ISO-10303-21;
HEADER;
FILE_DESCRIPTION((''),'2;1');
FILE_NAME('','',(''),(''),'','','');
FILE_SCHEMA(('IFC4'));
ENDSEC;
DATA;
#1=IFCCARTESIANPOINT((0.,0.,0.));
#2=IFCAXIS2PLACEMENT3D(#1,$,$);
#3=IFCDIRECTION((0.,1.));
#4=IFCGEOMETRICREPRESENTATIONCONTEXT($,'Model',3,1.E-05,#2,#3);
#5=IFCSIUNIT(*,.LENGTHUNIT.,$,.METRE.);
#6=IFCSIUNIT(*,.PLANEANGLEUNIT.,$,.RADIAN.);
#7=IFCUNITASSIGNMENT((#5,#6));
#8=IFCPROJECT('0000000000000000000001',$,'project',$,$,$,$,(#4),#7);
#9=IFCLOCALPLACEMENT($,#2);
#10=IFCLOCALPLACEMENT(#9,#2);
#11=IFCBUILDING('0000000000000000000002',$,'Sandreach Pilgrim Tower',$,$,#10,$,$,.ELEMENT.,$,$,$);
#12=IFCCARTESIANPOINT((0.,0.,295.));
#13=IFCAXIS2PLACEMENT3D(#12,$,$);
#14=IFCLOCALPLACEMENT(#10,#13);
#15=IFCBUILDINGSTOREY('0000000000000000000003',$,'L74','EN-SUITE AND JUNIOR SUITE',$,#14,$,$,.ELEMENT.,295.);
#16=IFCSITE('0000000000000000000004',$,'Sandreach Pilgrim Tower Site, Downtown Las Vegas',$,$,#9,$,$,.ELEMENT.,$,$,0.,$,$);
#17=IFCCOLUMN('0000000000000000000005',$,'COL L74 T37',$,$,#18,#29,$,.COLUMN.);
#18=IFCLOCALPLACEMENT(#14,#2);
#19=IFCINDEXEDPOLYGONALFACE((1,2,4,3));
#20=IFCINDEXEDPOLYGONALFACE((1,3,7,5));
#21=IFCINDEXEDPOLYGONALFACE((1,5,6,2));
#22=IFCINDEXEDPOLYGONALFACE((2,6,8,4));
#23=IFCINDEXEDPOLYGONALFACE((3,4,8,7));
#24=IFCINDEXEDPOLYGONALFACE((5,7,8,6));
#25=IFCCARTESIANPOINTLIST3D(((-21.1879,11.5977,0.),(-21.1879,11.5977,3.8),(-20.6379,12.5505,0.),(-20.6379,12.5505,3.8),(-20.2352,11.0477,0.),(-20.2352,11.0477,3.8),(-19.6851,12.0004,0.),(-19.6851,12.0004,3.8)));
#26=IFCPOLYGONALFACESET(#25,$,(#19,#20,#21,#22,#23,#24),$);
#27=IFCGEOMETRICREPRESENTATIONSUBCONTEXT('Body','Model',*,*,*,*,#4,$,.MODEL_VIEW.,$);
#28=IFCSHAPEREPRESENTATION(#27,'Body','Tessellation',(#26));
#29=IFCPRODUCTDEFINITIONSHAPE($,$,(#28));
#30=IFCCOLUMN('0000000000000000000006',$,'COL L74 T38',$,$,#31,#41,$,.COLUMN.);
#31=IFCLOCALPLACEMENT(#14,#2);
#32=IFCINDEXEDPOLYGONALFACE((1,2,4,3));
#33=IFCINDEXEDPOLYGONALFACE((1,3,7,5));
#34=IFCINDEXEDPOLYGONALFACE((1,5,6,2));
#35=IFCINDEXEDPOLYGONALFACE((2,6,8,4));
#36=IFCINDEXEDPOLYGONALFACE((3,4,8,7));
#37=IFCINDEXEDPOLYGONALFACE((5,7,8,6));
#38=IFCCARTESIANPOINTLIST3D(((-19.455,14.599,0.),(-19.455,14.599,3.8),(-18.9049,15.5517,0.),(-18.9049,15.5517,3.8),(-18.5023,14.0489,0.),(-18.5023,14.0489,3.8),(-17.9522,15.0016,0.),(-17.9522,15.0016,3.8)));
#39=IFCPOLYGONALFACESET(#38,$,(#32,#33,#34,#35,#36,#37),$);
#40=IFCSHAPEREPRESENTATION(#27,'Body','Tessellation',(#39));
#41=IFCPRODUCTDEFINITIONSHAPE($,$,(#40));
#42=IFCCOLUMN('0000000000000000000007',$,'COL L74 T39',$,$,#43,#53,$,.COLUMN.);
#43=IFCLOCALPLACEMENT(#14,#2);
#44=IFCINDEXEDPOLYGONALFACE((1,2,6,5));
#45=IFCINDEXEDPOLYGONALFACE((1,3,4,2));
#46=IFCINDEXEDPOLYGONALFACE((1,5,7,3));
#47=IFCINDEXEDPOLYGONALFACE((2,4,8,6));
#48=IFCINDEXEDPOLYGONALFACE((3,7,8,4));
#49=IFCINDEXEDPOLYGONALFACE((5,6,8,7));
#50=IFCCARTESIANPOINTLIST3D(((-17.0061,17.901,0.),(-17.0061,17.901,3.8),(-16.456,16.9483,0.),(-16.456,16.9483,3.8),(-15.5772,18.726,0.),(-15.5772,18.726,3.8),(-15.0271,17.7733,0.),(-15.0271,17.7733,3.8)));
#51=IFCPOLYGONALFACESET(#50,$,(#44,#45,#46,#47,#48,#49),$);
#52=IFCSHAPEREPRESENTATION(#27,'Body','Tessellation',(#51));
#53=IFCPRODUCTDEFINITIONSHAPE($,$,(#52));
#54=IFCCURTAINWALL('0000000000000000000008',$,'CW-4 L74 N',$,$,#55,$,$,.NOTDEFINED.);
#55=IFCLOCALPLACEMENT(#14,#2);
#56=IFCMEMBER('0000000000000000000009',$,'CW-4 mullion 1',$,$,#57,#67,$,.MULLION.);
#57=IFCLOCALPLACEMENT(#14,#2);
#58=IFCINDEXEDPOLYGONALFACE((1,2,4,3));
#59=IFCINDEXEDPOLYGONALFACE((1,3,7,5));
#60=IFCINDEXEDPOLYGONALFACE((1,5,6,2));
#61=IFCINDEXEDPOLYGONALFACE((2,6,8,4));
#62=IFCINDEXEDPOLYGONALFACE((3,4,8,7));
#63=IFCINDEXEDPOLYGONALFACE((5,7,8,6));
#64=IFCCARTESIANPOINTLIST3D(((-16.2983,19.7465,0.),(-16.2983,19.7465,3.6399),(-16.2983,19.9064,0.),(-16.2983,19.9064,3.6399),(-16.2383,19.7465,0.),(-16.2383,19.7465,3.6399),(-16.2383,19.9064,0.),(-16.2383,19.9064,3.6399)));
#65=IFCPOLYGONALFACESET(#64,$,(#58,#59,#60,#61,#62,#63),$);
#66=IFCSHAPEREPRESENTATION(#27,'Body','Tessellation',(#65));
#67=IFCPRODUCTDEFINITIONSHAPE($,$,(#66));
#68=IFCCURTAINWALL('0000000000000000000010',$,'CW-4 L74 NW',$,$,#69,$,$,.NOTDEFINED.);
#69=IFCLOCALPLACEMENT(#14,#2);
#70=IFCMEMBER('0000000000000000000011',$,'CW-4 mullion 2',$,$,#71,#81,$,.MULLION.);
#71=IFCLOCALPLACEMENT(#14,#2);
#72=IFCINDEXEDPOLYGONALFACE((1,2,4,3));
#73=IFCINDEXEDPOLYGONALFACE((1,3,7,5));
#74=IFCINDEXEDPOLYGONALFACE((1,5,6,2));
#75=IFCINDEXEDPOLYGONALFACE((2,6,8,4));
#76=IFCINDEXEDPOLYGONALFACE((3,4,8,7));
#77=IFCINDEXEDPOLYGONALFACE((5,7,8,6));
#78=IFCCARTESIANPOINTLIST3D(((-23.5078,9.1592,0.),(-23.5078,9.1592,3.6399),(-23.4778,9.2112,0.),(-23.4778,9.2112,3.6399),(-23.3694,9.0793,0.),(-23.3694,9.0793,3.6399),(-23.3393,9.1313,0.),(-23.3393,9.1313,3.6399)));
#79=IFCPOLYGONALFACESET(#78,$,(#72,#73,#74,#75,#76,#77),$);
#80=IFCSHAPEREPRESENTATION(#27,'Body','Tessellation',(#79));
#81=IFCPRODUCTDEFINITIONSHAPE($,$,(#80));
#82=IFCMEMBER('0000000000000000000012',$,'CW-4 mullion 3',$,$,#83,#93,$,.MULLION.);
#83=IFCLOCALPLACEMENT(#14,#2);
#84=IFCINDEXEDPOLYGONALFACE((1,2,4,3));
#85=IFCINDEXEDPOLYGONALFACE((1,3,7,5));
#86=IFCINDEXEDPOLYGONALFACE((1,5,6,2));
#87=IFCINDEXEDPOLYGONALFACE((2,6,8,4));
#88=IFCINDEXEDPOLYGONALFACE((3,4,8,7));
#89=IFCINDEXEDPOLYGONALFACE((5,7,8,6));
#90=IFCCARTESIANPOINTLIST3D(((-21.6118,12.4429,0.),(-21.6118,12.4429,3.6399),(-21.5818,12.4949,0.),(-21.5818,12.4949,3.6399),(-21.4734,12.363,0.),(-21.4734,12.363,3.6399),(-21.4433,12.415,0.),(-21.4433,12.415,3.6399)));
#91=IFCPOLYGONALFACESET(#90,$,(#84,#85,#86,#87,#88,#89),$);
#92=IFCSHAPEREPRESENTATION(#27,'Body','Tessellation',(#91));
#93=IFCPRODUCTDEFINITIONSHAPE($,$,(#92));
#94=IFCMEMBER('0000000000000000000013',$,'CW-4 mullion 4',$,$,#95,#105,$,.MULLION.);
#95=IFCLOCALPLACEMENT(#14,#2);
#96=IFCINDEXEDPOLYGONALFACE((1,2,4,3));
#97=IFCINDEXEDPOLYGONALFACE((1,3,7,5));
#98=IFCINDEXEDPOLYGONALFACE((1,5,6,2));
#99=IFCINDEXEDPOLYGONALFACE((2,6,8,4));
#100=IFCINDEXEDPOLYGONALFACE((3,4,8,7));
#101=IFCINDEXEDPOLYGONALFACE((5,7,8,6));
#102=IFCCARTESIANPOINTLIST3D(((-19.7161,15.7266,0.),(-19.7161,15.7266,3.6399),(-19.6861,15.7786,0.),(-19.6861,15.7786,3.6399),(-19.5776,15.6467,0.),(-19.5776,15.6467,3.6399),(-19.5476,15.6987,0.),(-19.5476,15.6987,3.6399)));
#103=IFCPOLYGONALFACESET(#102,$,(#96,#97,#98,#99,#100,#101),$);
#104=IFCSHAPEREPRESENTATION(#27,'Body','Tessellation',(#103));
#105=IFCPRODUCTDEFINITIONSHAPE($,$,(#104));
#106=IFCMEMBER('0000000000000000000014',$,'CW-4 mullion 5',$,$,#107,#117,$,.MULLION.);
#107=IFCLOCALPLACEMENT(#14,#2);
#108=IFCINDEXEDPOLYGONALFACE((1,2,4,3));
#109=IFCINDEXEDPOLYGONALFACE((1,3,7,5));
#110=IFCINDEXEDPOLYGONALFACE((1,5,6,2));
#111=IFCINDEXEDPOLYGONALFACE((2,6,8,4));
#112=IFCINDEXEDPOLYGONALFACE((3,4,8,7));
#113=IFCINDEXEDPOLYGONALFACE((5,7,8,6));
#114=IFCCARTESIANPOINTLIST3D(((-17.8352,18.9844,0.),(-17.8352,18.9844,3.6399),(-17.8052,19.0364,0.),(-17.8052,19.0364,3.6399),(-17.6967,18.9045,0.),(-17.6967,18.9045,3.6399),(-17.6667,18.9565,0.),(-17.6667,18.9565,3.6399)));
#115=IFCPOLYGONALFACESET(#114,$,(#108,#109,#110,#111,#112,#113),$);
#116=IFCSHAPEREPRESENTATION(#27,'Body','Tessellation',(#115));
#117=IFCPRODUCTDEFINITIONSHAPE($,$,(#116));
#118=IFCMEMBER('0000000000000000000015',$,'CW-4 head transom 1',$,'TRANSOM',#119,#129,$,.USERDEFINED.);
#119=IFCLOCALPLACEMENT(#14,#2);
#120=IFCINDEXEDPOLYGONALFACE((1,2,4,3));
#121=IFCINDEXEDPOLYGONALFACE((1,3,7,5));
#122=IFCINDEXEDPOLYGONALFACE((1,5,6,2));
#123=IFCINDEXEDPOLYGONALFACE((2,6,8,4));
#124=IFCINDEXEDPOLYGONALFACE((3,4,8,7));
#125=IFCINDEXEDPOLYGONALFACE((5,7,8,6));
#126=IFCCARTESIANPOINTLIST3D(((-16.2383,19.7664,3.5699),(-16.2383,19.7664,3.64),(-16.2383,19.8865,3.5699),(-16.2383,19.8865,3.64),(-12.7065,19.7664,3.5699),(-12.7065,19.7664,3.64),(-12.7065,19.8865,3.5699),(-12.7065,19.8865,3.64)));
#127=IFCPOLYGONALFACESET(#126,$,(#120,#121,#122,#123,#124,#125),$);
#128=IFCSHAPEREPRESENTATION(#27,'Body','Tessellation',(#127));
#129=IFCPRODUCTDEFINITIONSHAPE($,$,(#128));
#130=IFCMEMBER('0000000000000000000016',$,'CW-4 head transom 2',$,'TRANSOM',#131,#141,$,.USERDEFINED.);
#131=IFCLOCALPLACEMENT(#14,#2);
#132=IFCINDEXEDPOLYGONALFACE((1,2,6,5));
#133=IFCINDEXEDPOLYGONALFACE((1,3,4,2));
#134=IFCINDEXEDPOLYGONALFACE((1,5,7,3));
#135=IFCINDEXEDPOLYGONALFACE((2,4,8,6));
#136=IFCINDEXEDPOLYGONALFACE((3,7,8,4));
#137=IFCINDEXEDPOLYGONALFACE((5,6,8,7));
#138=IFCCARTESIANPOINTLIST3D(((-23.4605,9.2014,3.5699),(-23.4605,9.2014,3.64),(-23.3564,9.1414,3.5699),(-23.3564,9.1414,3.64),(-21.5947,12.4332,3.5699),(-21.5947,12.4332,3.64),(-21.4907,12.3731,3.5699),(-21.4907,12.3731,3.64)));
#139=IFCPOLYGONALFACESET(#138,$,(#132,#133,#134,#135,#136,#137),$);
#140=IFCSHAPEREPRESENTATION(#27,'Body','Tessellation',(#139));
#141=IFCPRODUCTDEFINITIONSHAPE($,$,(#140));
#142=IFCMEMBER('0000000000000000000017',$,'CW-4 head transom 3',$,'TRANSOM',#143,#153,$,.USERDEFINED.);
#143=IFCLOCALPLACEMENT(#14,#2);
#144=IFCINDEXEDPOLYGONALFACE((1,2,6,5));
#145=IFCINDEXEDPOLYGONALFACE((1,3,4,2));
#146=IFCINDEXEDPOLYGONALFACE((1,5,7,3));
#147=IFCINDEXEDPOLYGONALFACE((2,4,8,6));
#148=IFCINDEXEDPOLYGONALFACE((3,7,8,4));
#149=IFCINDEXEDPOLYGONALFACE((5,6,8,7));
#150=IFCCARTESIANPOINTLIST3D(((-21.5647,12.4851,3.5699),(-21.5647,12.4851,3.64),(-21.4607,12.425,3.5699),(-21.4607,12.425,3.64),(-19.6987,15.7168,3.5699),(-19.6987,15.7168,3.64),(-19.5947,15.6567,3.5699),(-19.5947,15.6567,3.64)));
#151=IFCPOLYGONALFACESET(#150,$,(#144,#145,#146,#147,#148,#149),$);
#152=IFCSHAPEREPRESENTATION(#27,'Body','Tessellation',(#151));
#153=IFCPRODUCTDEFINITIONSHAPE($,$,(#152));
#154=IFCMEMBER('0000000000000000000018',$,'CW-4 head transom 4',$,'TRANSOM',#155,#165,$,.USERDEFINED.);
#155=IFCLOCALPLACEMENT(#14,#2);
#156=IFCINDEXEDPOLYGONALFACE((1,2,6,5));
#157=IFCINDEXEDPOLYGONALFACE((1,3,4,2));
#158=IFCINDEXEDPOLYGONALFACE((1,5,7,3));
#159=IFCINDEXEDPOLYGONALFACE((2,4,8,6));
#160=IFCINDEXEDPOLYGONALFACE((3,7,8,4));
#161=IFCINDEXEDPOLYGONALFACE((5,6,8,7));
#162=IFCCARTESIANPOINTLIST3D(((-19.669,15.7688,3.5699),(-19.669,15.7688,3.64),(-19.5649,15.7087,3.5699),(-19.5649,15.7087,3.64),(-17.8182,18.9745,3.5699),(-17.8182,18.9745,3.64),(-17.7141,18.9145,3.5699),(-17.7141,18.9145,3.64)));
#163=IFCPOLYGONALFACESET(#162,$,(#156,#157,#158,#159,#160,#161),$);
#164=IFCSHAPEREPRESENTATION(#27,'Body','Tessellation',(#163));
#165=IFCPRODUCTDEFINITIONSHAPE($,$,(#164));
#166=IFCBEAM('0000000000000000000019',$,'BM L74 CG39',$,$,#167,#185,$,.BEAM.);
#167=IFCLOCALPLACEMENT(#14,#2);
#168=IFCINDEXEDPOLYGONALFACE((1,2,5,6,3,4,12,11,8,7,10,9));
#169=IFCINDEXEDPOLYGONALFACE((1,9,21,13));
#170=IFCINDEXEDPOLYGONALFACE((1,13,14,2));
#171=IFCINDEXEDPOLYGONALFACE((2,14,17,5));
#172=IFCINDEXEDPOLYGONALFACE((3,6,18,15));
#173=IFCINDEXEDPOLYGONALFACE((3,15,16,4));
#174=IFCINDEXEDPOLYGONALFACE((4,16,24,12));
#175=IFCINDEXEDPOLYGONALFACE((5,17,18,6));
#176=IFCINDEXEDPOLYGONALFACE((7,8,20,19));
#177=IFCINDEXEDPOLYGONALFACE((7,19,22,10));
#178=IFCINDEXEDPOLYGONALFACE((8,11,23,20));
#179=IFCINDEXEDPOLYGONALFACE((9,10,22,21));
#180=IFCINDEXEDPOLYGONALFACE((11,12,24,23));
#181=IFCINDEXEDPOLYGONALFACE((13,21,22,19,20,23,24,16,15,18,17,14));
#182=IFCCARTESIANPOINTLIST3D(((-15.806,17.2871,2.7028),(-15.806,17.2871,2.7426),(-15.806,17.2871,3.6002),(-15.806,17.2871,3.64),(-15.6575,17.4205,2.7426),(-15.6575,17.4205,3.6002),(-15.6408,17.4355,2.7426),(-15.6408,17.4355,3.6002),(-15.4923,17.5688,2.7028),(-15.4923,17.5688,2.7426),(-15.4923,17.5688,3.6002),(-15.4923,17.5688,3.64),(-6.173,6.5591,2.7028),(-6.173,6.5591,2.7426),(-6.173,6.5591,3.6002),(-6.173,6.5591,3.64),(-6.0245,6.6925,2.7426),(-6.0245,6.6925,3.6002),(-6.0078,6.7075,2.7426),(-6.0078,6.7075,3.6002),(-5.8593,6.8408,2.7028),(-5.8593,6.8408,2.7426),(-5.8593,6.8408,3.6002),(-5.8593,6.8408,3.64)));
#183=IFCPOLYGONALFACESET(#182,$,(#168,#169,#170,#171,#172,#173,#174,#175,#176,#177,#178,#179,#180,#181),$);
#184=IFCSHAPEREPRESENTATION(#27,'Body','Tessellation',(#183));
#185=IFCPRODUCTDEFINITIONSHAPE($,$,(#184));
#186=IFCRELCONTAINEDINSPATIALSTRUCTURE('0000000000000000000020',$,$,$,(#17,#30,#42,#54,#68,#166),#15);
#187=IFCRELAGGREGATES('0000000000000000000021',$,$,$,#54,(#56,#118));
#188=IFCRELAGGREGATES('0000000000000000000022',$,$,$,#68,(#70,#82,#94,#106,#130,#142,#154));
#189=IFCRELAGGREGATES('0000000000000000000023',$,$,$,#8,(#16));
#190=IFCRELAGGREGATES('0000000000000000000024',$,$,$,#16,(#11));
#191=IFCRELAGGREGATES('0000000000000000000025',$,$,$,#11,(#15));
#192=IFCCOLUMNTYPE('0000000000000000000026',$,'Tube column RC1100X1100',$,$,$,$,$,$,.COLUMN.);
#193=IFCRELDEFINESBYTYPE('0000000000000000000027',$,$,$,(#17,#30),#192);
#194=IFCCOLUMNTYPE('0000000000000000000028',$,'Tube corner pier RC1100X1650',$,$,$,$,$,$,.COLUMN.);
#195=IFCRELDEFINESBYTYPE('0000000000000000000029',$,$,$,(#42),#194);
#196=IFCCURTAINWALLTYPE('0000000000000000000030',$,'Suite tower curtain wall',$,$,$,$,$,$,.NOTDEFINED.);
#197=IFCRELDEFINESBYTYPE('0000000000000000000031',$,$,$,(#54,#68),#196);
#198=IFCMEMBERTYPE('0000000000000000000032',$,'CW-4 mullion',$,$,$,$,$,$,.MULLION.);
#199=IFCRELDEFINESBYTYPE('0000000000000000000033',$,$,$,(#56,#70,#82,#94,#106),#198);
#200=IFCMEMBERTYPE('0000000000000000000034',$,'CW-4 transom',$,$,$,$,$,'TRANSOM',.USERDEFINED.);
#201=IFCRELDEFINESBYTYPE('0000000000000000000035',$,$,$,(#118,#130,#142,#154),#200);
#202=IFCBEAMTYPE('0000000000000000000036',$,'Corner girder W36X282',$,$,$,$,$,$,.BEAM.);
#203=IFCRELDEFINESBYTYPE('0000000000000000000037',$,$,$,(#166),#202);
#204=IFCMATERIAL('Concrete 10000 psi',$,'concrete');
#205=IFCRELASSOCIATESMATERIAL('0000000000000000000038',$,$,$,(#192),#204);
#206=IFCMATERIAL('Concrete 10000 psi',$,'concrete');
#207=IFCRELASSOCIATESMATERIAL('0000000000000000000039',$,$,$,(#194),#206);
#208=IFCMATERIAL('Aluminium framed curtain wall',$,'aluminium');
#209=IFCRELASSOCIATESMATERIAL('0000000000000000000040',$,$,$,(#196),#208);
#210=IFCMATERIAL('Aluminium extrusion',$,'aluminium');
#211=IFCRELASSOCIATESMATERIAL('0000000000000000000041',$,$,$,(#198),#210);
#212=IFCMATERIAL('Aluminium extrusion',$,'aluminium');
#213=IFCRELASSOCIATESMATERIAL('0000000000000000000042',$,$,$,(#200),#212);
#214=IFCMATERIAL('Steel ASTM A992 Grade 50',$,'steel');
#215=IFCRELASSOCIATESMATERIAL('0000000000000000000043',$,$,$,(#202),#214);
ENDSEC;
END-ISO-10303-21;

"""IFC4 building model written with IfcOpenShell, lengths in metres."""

from ifc_helpers import new_model, si_unit, direction, frame, origin, origin_2d, place, context, subcontext, project, spatial, rectangle, i_section, extrude, material, material_profile, profile_set, type_object, element, aggregate, save


model = new_model("IFC4")

# Units and contexts
model_context = context("Model", 3, precision=1e-05, world=origin(), true_north=direction((0.0, 1.0)))
body_context = subcontext(model_context, "Body", "Model", "MODEL_VIEW")
ifc_project = project(units=[si_unit("LENGTHUNIT", "METRE"), si_unit("PLANEANGLEUNIT", "RADIAN")], contexts=[model_context])

# Site, building, storey
site_placement = place(None, origin())
site = spatial("IfcSite", under=ifc_project, at=site_placement, Name="Sandreach Pilgrim Tower Site, Downtown Las Vegas", CompositionType="ELEMENT", RefElevation=0.0)
building_placement = place(site_placement, origin())
building = spatial("IfcBuilding", under=site, at=building_placement, Name="Sandreach Pilgrim Tower", CompositionType="ELEMENT")
storey_placement = place(building_placement, frame((0.0, 0.0, 295.0)))
storey = spatial("IfcBuildingStorey", under=building, at=storey_placement, Name="L74", Description="EN-SUITE AND JUNIOR SUITE", CompositionType="ELEMENT", Elevation=295.0)

# Columns
ifc_material_1 = material(Name="Concrete 10000 psi", Category="concrete")
ifc_material_profile_1 = material_profile(ifc_material_1, rectangle(XDim=1.1001, YDim=1.1001, at=origin_2d()), Name="RC1100X1100")
ifc_profile_set_1 = profile_set([ifc_material_profile_1], Name="Concrete 10000 psi")
column_type_1 = type_object("IfcColumnType", Name="Tube column RC1100X1100", PredefinedType="COLUMN", material=ifc_profile_set_1)
for number, where, z_axis, x_axis, name in (
    (1, (-20.4365, 11.7991, 0.0), (0.0, 0.0, 1.0), (-0.866025, 0.5, 0.0), "COL L74 T37"),
    (2, (-18.7036, 14.8003, 0.0), (0.0, 0.0, 1.0), (-0.866025, 0.5, 0.0), "COL L74 T38"),
):
    element("IfcColumn", number, at=place(storey_placement, frame(where, z_axis=z_axis, x_axis=x_axis)), inside=storey, type_object=column_type_1, Name=name, PredefinedType="COLUMN", context=body_context, shape_type="SweptSolid", body=[
        extrude(rectangle(XDim=1.1001, YDim=1.1001, at=origin_2d()), origin(), (0.0, 0.0, 1.0), 3.8),
    ])
ifc_material_2 = material(Name="Concrete 10000 psi", Category="concrete")
ifc_material_profile_2 = material_profile(ifc_material_2, rectangle(XDim=1.1001, YDim=1.6499, at=origin_2d()), Name="RC1100X1650")
ifc_profile_set_2 = profile_set([ifc_material_profile_2], Name="Concrete 10000 psi")
column_type_2 = type_object("IfcColumnType", Name="Tube corner pier RC1100X1650", PredefinedType="COLUMN", material=ifc_profile_set_2)
column_placement = place(storey_placement, frame((-16.0166, 17.8372, 0.0), z_axis=(0.0, 0.0, 1.0), x_axis=(-0.5, 0.866025, 0.0)))
element("IfcColumn", 3, at=column_placement, inside=storey, type_object=column_type_2, Name="COL L74 T39", PredefinedType="COLUMN", context=body_context, shape_type="SweptSolid", body=[
    extrude(rectangle(XDim=1.1001, YDim=1.6499, at=origin_2d()), origin(), (0.0, 0.0, 1.0), 3.8),
])

# Curtain wall, member
ifc_material_3 = material(Name="Aluminium framed curtain wall", Category="aluminium")
curtain_wall_type = type_object("IfcCurtainWallType", Name="Suite tower curtain wall", PredefinedType="NOTDEFINED", material=ifc_material_3)
curtain_wall_1_placement = place(storey_placement, origin())
curtain_wall_1 = element("IfcCurtainWall", 4, at=curtain_wall_1_placement, inside=storey, type_object=curtain_wall_type, Name="CW-4 L74 N", PredefinedType="NOTDEFINED")
ifc_material_4 = material(Name="Aluminium extrusion", Category="aluminium")
ifc_material_profile_3 = material_profile(ifc_material_4, rectangle(XDim=0.0601, YDim=0.1599, at=origin_2d()), Name="CW-4M 60X160")
ifc_profile_set_3 = profile_set([ifc_material_profile_3], Name="Aluminium extrusion")
member_type_1 = type_object("IfcMemberType", Name="CW-4 mullion", PredefinedType="MULLION", material=ifc_profile_set_3)
member_1_placement = place(storey_placement, frame((-16.2683, 19.8264, 0.0), z_axis=(0.0, 0.0, 1.0), x_axis=(1.0, 0.0, 0.0)))
member_1 = element("IfcMember", 5, at=member_1_placement, type_object=member_type_1, Name="CW-4 mullion 1", PredefinedType="MULLION", context=body_context, shape_type="SweptSolid", body=[
    extrude(rectangle(XDim=0.0601, YDim=0.1599, at=origin_2d()), origin(), (0.0, 0.0, 1.0), 3.6399),
])

# Curtain wall, members
curtain_wall_2_placement = place(storey_placement, origin())
curtain_wall_2 = element("IfcCurtainWall", 6, at=curtain_wall_2_placement, inside=storey, type_object=curtain_wall_type, Name="CW-4 L74 NW", PredefinedType="NOTDEFINED")
member_2_placement = place(storey_placement, frame((-23.4236, 9.1453, 0.0), z_axis=(0.0, 0.0, 1.0), x_axis=(0.5, 0.866025, 0.0)))
member_2 = element("IfcMember", 7, at=member_2_placement, type_object=member_type_1, Name="CW-4 mullion 2", PredefinedType="MULLION", context=body_context, shape_type="SweptSolid", body=[
    extrude(rectangle(XDim=0.0601, YDim=0.1599, at=origin_2d()), origin(), (0.0, 0.0, 1.0), 3.6399),
])
member_3_placement = place(storey_placement, frame((-21.5276, 12.429, 0.0), z_axis=(0.0, 0.0, 1.0), x_axis=(0.5, 0.866025, 0.0)))
member_3 = element("IfcMember", 8, at=member_3_placement, type_object=member_type_1, Name="CW-4 mullion 3", PredefinedType="MULLION", context=body_context, shape_type="SweptSolid", body=[
    extrude(rectangle(XDim=0.0601, YDim=0.1599, at=origin_2d()), origin(), (0.0, 0.0, 1.0), 3.6399),
])
member_4_placement = place(storey_placement, frame((-19.6318, 15.7126, 0.0), z_axis=(0.0, 0.0, 1.0), x_axis=(0.5, 0.866025, 0.0)))
member_4 = element("IfcMember", 9, at=member_4_placement, type_object=member_type_1, Name="CW-4 mullion 4", PredefinedType="MULLION", context=body_context, shape_type="SweptSolid", body=[
    extrude(rectangle(XDim=0.0601, YDim=0.1599, at=origin_2d()), origin(), (0.0, 0.0, 1.0), 3.6399),
])
member_5_placement = place(storey_placement, frame((-17.751, 18.9705, 0.0), z_axis=(0.0, 0.0, 1.0), x_axis=(0.5, 0.866025, 0.0)))
member_5 = element("IfcMember", 10, at=member_5_placement, type_object=member_type_1, Name="CW-4 mullion 5", PredefinedType="MULLION", context=body_context, shape_type="SweptSolid", body=[
    extrude(rectangle(XDim=0.0601, YDim=0.1599, at=origin_2d()), origin(), (0.0, 0.0, 1.0), 3.6399),
])

# Members
ifc_material_5 = material(Name="Aluminium extrusion", Category="aluminium")
ifc_material_profile_4 = material_profile(ifc_material_5, rectangle(XDim=0.1201, YDim=0.0701, at=origin_2d()), Name="CW-4T 120X70")
ifc_profile_set_4 = profile_set([ifc_material_profile_4], Name="Aluminium extrusion")
member_type_2 = type_object("IfcMemberType", Name="CW-4 transom", ElementType="TRANSOM", PredefinedType="USERDEFINED", material=ifc_profile_set_4)
member_6_placement = place(storey_placement, frame((-16.2383, 19.8264, 3.605), z_axis=(1.0, 0.0, 0.0), x_axis=(0.0, 1.0, 0.0)))
member_6 = element("IfcMember", 11, at=member_6_placement, type_object=member_type_2, Name="CW-4 head transom 1", ObjectType="TRANSOM", PredefinedType="USERDEFINED", context=body_context, shape_type="SweptSolid", body=[
    extrude(rectangle(XDim=0.1201, YDim=0.0701, at=origin_2d()), origin(), (0.0, 0.0, 1.0), 3.5317),
])
member_7_placement = place(storey_placement, frame((-23.4084, 9.1714, 3.605), z_axis=(0.499981, 0.866036, 0.0), x_axis=(-0.866036, 0.499981, 0.0)))
member_7 = element("IfcMember", 12, at=member_7_placement, type_object=member_type_2, Name="CW-4 head transom 2", ObjectType="TRANSOM", PredefinedType="USERDEFINED", context=body_context, shape_type="SweptSolid", body=[
    extrude(rectangle(XDim=0.1201, YDim=0.0701, at=origin_2d()), origin(), (0.0, 0.0, 1.0), 3.7317),
])
member_8_placement = place(storey_placement, frame((-21.5127, 12.4551, 3.605), z_axis=(0.50003, 0.866008, 0.0), x_axis=(-0.866008, 0.50003, 0.0)))
member_8 = element("IfcMember", 13, at=member_8_placement, type_object=member_type_2, Name="CW-4 head transom 3", ObjectType="TRANSOM", PredefinedType="USERDEFINED", context=body_context, shape_type="SweptSolid", body=[
    extrude(rectangle(XDim=0.1201, YDim=0.0701, at=origin_2d()), origin(), (0.0, 0.0, 1.0), 3.7317),
])
member_9_placement = place(storey_placement, frame((-19.6169, 15.7388, 3.605), z_axis=(0.499991, 0.866031, 0.0), x_axis=(-0.866031, 0.499991, 0.0)))
member_9 = element("IfcMember", 14, at=member_9_placement, type_object=member_type_2, Name="CW-4 head transom 4", ObjectType="TRANSOM", PredefinedType="USERDEFINED", context=body_context, shape_type="SweptSolid", body=[
    extrude(rectangle(XDim=0.1201, YDim=0.0701, at=origin_2d()), origin(), (0.0, 0.0, 1.0), 3.7017),
])

# Beam
ifc_material_6 = material(Name="Steel ASTM A992 Grade 50", Category="steel")
ifc_material_profile_5 = material_profile(ifc_material_6, i_section(OverallWidth=0.4216, OverallDepth=0.9373, WebThickness=0.0225, FlangeThickness=0.0398, at=origin_2d()), Name="W36X282")
ifc_profile_set_5 = profile_set([ifc_material_profile_5], Name="Steel ASTM A992 Grade 50")
beam_type_1 = type_object("IfcBeamType", Name="Corner girder W36X282", PredefinedType="BEAM", material=ifc_profile_set_5)
beam_1_placement = place(storey_placement, frame((-15.6492, 17.428, 3.1714), z_axis=(0.668115, -0.744058, 0.0), x_axis=(0.744058, 0.668115, 0.0)))
element("IfcBeam", 15, at=beam_1_placement, inside=storey, type_object=beam_type_1, Name="BM L74 CG39", PredefinedType="BEAM", context=body_context, shape_type="SweptSolid", body=[
    extrude(i_section(OverallWidth=0.4216, OverallDepth=0.9373, WebThickness=0.0225, FlangeThickness=0.0398, at=origin_2d()), origin(), (0.0, 0.0, 1.0), 14.4182),
])

aggregate(curtain_wall_1, [member_1, member_6])
aggregate(curtain_wall_2, [member_2, member_3, member_4, member_5, member_7, member_8, member_9])

save(model, "model.ifc")
